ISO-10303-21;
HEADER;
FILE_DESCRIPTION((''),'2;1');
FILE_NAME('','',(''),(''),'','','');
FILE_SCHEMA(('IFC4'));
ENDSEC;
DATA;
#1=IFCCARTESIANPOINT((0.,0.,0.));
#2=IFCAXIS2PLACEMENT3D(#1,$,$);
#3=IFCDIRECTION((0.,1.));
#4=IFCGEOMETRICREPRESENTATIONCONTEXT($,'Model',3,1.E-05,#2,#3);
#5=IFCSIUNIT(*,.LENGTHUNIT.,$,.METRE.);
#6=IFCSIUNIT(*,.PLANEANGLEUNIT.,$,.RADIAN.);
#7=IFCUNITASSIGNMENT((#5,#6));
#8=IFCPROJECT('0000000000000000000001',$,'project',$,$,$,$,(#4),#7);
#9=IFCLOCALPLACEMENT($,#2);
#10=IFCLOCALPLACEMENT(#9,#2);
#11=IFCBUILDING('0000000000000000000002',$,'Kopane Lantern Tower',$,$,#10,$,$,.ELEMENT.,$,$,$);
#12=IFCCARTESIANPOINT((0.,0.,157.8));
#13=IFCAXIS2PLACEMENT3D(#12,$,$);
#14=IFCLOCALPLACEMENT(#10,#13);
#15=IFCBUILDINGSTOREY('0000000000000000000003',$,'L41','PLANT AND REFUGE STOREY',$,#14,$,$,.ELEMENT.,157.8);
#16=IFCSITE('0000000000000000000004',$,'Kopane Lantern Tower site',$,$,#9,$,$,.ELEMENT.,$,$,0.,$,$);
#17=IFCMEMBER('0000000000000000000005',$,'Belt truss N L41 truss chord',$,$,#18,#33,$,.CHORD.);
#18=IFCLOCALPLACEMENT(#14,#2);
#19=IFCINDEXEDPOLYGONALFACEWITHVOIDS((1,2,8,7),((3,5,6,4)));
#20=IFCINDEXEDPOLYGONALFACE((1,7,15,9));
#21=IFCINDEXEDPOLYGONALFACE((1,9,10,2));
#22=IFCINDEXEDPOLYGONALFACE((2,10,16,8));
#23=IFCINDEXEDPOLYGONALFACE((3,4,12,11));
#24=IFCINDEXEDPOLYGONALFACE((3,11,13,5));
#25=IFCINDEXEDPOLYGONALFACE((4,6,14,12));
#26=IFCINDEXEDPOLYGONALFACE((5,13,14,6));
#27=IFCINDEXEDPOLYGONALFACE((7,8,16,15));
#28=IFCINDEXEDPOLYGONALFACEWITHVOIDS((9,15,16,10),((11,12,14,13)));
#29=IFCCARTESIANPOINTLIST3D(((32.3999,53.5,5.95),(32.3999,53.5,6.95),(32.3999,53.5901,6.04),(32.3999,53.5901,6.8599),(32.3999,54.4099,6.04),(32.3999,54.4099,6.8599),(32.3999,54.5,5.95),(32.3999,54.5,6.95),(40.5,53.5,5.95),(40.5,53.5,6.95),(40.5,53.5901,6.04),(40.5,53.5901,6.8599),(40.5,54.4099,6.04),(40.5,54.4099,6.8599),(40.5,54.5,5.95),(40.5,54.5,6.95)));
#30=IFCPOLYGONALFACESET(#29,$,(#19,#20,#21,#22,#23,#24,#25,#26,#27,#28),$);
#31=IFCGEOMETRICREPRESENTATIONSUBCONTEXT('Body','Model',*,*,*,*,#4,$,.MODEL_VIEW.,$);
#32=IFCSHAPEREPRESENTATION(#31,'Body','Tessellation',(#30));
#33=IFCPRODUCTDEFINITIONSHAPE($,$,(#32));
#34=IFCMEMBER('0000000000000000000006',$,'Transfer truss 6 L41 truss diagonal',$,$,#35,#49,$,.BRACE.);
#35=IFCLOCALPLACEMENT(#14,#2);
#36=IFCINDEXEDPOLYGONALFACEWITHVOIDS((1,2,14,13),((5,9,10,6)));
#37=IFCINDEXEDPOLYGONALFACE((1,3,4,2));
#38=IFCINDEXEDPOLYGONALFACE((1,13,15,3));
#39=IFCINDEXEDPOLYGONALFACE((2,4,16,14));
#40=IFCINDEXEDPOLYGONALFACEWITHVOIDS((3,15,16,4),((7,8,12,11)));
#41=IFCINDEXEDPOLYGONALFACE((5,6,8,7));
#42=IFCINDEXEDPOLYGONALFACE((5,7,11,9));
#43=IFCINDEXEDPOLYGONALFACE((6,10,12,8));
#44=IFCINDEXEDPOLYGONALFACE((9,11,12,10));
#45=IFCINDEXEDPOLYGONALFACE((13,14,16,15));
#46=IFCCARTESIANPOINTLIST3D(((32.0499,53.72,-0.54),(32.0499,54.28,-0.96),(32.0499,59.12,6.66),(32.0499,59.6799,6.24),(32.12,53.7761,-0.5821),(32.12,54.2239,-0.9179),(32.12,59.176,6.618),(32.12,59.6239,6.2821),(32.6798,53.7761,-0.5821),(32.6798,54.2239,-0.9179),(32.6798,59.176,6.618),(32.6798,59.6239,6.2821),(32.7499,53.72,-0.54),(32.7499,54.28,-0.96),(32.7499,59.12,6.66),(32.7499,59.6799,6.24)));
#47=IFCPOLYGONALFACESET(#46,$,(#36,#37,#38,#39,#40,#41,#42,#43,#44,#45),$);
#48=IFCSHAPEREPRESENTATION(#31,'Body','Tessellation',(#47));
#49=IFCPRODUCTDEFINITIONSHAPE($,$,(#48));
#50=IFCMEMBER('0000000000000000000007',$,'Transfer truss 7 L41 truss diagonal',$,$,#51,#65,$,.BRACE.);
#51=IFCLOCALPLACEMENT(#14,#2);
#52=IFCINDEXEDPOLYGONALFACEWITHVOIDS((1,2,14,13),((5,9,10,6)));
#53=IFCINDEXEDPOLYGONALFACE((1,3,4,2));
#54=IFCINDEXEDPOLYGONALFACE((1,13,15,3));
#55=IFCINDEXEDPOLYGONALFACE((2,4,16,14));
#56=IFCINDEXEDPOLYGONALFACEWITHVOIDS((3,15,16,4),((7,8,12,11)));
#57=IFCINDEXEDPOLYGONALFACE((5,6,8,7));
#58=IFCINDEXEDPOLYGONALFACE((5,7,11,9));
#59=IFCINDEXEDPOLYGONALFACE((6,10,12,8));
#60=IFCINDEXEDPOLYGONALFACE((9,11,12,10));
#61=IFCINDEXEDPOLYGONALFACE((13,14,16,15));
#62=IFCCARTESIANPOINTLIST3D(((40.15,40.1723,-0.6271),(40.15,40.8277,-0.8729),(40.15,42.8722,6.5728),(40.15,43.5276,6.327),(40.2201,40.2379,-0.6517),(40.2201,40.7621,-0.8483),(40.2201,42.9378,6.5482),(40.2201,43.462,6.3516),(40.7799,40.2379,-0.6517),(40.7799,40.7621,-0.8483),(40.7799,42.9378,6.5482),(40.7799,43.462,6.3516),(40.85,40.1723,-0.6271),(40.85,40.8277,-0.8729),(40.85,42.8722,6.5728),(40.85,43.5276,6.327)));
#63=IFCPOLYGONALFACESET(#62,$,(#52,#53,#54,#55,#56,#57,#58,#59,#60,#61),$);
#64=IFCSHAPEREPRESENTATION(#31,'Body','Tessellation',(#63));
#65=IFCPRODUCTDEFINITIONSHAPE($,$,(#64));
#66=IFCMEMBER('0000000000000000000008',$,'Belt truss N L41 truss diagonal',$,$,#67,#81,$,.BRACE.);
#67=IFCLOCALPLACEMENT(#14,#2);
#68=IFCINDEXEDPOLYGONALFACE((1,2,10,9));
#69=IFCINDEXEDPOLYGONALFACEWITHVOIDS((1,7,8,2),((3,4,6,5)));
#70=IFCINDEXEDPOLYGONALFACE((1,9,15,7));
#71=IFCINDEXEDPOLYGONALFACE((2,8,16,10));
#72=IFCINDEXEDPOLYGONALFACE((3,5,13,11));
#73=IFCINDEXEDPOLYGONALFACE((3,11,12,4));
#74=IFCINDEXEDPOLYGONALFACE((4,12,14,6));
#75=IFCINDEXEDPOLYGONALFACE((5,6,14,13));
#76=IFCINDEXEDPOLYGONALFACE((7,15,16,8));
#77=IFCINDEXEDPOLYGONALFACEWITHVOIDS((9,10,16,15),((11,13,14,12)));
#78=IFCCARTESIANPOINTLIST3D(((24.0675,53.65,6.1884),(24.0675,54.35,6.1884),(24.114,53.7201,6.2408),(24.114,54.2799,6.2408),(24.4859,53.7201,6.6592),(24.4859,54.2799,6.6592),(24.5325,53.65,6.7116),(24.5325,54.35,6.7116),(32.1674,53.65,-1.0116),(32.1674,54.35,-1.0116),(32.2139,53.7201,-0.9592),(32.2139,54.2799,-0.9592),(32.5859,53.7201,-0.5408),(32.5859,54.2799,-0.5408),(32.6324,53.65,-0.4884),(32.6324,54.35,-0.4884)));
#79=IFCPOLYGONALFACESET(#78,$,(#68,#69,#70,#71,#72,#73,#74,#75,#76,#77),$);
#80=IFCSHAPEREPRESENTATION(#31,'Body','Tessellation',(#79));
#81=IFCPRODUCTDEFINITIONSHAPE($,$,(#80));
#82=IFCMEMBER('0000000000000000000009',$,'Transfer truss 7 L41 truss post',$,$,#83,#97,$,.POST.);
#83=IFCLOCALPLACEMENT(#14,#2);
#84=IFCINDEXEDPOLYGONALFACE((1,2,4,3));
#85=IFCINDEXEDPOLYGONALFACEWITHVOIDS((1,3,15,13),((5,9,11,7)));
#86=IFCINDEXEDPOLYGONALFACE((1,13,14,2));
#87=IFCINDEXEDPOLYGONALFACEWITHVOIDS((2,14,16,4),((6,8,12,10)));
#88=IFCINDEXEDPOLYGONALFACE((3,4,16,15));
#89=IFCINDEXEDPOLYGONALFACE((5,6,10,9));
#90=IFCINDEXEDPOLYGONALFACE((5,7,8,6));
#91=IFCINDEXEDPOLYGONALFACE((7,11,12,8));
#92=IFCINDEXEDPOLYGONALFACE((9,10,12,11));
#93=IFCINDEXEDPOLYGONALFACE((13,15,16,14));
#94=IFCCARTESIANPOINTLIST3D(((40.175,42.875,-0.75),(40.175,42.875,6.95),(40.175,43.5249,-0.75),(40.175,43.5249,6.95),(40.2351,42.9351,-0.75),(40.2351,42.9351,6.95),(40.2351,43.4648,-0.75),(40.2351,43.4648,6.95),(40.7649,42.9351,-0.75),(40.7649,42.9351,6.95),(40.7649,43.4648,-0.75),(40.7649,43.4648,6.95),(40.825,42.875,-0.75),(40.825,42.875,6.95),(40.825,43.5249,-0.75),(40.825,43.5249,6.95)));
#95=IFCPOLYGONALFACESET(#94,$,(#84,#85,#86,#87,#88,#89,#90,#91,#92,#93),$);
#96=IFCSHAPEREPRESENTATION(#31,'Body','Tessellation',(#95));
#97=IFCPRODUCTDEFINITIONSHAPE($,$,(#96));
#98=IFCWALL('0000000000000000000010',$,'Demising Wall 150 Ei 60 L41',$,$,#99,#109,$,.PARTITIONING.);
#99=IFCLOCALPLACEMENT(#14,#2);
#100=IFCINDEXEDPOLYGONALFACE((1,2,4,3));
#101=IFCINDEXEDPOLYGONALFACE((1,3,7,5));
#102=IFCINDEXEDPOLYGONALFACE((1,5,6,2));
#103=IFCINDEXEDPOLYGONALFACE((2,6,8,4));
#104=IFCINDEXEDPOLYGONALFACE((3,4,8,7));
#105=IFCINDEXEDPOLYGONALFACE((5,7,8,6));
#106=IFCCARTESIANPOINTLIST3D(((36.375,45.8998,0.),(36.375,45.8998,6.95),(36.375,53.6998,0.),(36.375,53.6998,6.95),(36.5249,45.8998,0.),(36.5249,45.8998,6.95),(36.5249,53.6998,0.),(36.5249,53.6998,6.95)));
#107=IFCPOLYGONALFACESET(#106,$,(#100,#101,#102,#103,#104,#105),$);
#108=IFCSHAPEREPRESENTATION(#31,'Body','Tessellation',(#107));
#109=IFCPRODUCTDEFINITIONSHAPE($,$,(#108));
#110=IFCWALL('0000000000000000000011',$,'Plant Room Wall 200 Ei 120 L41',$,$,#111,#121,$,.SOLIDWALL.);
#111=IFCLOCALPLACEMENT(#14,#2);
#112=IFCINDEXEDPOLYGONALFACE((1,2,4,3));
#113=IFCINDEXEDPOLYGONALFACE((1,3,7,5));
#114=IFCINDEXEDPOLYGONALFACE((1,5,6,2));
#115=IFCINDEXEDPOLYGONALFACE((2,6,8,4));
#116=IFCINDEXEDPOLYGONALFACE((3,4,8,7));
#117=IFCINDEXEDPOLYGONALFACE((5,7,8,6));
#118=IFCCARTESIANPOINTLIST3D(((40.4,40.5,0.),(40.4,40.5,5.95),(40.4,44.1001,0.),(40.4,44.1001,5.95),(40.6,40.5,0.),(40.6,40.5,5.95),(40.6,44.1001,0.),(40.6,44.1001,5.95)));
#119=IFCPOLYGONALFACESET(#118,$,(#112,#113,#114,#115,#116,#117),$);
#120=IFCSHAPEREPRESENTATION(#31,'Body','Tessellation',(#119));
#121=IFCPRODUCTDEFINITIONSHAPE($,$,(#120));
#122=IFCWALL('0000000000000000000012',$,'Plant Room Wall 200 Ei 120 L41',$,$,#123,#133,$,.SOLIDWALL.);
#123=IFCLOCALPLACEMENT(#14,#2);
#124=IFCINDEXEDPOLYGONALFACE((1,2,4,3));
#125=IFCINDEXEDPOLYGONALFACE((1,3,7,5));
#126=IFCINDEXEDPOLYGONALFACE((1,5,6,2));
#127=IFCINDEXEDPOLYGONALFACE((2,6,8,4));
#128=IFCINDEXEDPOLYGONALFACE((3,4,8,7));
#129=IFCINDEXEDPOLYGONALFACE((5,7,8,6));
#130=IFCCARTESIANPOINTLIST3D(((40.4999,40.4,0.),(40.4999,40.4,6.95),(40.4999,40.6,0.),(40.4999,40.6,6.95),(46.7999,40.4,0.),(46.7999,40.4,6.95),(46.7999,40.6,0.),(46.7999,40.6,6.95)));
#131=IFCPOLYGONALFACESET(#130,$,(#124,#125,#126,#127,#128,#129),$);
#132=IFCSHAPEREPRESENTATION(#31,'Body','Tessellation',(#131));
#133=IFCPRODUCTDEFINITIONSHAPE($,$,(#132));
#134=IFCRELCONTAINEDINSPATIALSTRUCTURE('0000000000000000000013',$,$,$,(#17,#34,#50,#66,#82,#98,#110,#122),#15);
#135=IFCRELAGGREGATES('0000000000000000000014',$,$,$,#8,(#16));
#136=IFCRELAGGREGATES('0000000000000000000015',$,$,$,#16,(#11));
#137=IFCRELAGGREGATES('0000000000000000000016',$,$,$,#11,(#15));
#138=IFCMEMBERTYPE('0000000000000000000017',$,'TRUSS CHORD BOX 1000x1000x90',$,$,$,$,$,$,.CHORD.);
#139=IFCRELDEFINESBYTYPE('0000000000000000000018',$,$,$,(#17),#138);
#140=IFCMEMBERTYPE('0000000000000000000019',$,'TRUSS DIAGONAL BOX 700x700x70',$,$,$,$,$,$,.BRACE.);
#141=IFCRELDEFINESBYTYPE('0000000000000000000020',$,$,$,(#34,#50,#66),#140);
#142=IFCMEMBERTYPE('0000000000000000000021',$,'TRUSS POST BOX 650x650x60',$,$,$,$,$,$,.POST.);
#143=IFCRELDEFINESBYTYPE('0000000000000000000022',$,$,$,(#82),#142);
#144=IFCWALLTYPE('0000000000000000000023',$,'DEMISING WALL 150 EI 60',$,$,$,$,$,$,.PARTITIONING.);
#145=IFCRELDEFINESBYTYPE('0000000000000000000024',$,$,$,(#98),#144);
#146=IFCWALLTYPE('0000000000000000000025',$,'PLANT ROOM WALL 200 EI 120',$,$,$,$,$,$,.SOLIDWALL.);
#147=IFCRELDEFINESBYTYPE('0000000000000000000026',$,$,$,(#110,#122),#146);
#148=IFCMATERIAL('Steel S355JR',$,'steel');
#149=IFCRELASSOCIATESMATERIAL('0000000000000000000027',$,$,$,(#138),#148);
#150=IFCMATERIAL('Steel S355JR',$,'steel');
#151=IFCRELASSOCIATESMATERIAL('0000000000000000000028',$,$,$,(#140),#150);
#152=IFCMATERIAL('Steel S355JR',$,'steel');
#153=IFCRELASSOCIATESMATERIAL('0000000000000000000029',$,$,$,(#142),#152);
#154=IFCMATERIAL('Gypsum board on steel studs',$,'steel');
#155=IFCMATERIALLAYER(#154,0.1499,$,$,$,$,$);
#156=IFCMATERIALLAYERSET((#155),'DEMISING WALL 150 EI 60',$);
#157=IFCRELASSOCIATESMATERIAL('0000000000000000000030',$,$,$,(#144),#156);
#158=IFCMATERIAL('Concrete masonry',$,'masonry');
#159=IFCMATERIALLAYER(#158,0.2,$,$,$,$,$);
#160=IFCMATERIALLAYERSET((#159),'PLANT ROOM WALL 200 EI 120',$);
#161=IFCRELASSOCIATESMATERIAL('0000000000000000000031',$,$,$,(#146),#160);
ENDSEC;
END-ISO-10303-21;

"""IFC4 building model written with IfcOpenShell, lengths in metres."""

from ifc_helpers import new_model, si_unit, direction, frame, frame_2d, origin, origin_2d, place, context, subcontext, project, spatial, rectangle, hollow_rectangle, extrude, material, layer, layer_set, material_profile, profile_set, type_object, element, save


model = new_model("IFC4")

# Units and contexts
model_context = context("Model", 3, precision=1e-05, world=origin(), true_north=direction((0.0, 1.0)))
body_context = subcontext(model_context, "Body", "Model", "MODEL_VIEW")
ifc_project = project(units=[si_unit("LENGTHUNIT", "METRE"), si_unit("PLANEANGLEUNIT", "RADIAN")], contexts=[model_context])

# Site, building, storey
site_placement = place(None, origin())
site = spatial("IfcSite", under=ifc_project, at=site_placement, Name="Kopane Lantern Tower site", CompositionType="ELEMENT", RefElevation=0.0)
building_placement = place(site_placement, origin())
building = spatial("IfcBuilding", under=site, at=building_placement, Name="Kopane Lantern Tower", CompositionType="ELEMENT")
storey_placement = place(building_placement, frame((0.0, 0.0, 157.8)))
storey = spatial("IfcBuildingStorey", under=building, at=storey_placement, Name="L41", Description="PLANT AND REFUGE STOREY", CompositionType="ELEMENT", Elevation=157.8)

# Members
ifc_material_1 = material(Name="Steel S355JR", Category="steel")
ifc_material_profile_1 = material_profile(ifc_material_1, hollow_rectangle(XDim=1.0, YDim=1.0, WallThickness=0.0901, at=origin_2d()), Name="BOX 1000x1000x90")
ifc_profile_set_1 = profile_set([ifc_material_profile_1], Name="Steel S355JR")
member_type_1 = type_object("IfcMemberType", Name="TRUSS CHORD BOX 1000x1000x90", PredefinedType="CHORD", material=ifc_profile_set_1)
for number, where, z_axis, x_axis, name in (
    (1, (32.3999, 54.0, 6.45), (1.0, 0.0, 0.0), (0.0, 1.0, 0.0), "Belt truss N L41 truss chord"),
):
    element("IfcMember", number, at=place(storey_placement, frame(where, z_axis=z_axis, x_axis=x_axis)), inside=storey, type_object=member_type_1, Name=name, PredefinedType="CHORD", context=body_context, shape_type="SweptSolid", body=[
        extrude(hollow_rectangle(XDim=1.0, YDim=1.0, WallThickness=0.0901, at=origin_2d()), origin(), (0.0, 0.0, 1.0), 8.1001),
    ])
ifc_material_2 = material(Name="Steel S355JR", Category="steel")
ifc_material_profile_2 = material_profile(ifc_material_2, hollow_rectangle(XDim=0.7, YDim=0.7, WallThickness=0.0701, at=origin_2d()), Name="BOX 700x700x70")
ifc_profile_set_2 = profile_set([ifc_material_profile_2], Name="Steel S355JR")
member_type_2 = type_object("IfcMemberType", Name="TRUSS DIAGONAL BOX 700x700x70", PredefinedType="BRACE", material=ifc_profile_set_2)
member_1_placement = place(storey_placement, frame((32.3999, 54.0, -0.75), z_axis=(0.0, 0.599996, 0.800003), x_axis=(-1.0, 0.0, 0.0)))
element("IfcMember", 2, at=member_1_placement, inside=storey, type_object=member_type_2, Name="Transfer truss 6 L41 truss diagonal", PredefinedType="BRACE", context=body_context, shape_type="SweptSolid", body=[
    extrude(hollow_rectangle(XDim=0.7, YDim=0.7, WallThickness=0.0701, at=origin_2d()), origin(), (0.0, 0.0, 1.0), 9.0),
])
member_2_placement = place(storey_placement, frame((40.5, 40.5, -0.75), z_axis=(0.0, 0.35112, 0.93633), x_axis=(-1.0, 0.0, 0.0)))
element("IfcMember", 3, at=member_2_placement, inside=storey, type_object=member_type_2, Name="Transfer truss 7 L41 truss diagonal", PredefinedType="BRACE", context=body_context, shape_type="SweptSolid", body=[
    extrude(hollow_rectangle(XDim=0.7, YDim=0.7, WallThickness=0.0701, at=origin_2d()), origin(), (0.0, 0.0, 1.0), 7.6895),
])
member_3_placement = place(storey_placement, frame((32.3999, 54.0, -0.75), z_axis=(-0.747406, 0.0, 0.664368), x_axis=(0.0, -1.0, 0.0)))
element("IfcMember", 4, at=member_3_placement, inside=storey, type_object=member_type_2, Name="Belt truss N L41 truss diagonal", PredefinedType="BRACE", context=body_context, shape_type="SweptSolid", body=[
    extrude(hollow_rectangle(XDim=0.7, YDim=0.7, WallThickness=0.0701, at=origin_2d()), origin(), (0.0, 0.0, 1.0), 10.8374),
])
ifc_material_3 = material(Name="Steel S355JR", Category="steel")
ifc_material_profile_3 = material_profile(ifc_material_3, hollow_rectangle(XDim=0.6499, YDim=0.6499, WallThickness=0.0601, at=origin_2d()), Name="BOX 650x650x60")
ifc_profile_set_3 = profile_set([ifc_material_profile_3], Name="Steel S355JR")
member_type_3 = type_object("IfcMemberType", Name="TRUSS POST BOX 650x650x60", PredefinedType="POST", material=ifc_profile_set_3)
member_4_placement = place(storey_placement, frame((40.5, 43.2, -0.75), z_axis=(0.0, 0.0, 1.0), x_axis=(1.0, 0.0, 0.0)))
element("IfcMember", 5, at=member_4_placement, inside=storey, type_object=member_type_3, Name="Transfer truss 7 L41 truss post", PredefinedType="POST", context=body_context, shape_type="SweptSolid", body=[
    extrude(hollow_rectangle(XDim=0.6499, YDim=0.6499, WallThickness=0.0601, at=origin_2d()), origin(), (0.0, 0.0, 1.0), 7.7),
])

# Walls
ifc_material_4 = material(Name="Gypsum board on steel studs", Category="steel")
ifc_layer_1 = layer(ifc_material_4, 0.1499)
ifc_layer_set_1 = layer_set([ifc_layer_1], Name="DEMISING WALL 150 EI 60")
wall_type_1 = type_object("IfcWallType", Name="DEMISING WALL 150 EI 60", PredefinedType="PARTITIONING", material=ifc_layer_set_1)
wall_1_placement = place(storey_placement, frame((36.45, 45.8999, 0.0), z_axis=(0.0, 0.0, 1.0), x_axis=(0.0, 1.0, 0.0)))
element("IfcWall", 6, at=wall_1_placement, inside=storey, type_object=wall_type_1, Name="Demising Wall 150 Ei 60 L41", PredefinedType="PARTITIONING", context=body_context, shape_type="SweptSolid", body=[
    extrude(rectangle(XDim=7.8, YDim=0.1499, at=frame_2d((3.8999, 0.0))), origin(), (0.0, 0.0, 1.0), 6.95),
])
ifc_material_5 = material(Name="Concrete masonry", Category="masonry")
ifc_layer_2 = layer(ifc_material_5, 0.2)
ifc_layer_set_2 = layer_set([ifc_layer_2], Name="PLANT ROOM WALL 200 EI 120")
wall_type_2 = type_object("IfcWallType", Name="PLANT ROOM WALL 200 EI 120", PredefinedType="SOLIDWALL", material=ifc_layer_set_2)
wall_2_placement = place(storey_placement, frame((40.5, 40.5, 0.0), z_axis=(0.0, 0.0, 1.0), x_axis=(0.0, 1.0, 0.0)))
element("IfcWall", 7, at=wall_2_placement, inside=storey, type_object=wall_type_2, Name="Plant Room Wall 200 Ei 120 L41", PredefinedType="SOLIDWALL", context=body_context, shape_type="SweptSolid", body=[
    extrude(rectangle(XDim=3.6001, YDim=0.2, at=frame_2d((1.8, 0.0))), origin(), (0.0, 0.0, 1.0), 5.95),
])
wall_3_placement = place(storey_placement, frame((40.5, 40.5, 0.0), z_axis=(0.0, 0.0, 1.0), x_axis=(1.0, 0.0, 0.0)))
element("IfcWall", 8, at=wall_3_placement, inside=storey, type_object=wall_type_2, Name="Plant Room Wall 200 Ei 120 L41", PredefinedType="SOLIDWALL", context=body_context, shape_type="SweptSolid", body=[
    extrude(rectangle(XDim=6.3, YDim=0.2, at=frame_2d((3.1499, 0.0))), origin(), (0.0, 0.0, 1.0), 6.95),
])

save(model, "model.ifc")
